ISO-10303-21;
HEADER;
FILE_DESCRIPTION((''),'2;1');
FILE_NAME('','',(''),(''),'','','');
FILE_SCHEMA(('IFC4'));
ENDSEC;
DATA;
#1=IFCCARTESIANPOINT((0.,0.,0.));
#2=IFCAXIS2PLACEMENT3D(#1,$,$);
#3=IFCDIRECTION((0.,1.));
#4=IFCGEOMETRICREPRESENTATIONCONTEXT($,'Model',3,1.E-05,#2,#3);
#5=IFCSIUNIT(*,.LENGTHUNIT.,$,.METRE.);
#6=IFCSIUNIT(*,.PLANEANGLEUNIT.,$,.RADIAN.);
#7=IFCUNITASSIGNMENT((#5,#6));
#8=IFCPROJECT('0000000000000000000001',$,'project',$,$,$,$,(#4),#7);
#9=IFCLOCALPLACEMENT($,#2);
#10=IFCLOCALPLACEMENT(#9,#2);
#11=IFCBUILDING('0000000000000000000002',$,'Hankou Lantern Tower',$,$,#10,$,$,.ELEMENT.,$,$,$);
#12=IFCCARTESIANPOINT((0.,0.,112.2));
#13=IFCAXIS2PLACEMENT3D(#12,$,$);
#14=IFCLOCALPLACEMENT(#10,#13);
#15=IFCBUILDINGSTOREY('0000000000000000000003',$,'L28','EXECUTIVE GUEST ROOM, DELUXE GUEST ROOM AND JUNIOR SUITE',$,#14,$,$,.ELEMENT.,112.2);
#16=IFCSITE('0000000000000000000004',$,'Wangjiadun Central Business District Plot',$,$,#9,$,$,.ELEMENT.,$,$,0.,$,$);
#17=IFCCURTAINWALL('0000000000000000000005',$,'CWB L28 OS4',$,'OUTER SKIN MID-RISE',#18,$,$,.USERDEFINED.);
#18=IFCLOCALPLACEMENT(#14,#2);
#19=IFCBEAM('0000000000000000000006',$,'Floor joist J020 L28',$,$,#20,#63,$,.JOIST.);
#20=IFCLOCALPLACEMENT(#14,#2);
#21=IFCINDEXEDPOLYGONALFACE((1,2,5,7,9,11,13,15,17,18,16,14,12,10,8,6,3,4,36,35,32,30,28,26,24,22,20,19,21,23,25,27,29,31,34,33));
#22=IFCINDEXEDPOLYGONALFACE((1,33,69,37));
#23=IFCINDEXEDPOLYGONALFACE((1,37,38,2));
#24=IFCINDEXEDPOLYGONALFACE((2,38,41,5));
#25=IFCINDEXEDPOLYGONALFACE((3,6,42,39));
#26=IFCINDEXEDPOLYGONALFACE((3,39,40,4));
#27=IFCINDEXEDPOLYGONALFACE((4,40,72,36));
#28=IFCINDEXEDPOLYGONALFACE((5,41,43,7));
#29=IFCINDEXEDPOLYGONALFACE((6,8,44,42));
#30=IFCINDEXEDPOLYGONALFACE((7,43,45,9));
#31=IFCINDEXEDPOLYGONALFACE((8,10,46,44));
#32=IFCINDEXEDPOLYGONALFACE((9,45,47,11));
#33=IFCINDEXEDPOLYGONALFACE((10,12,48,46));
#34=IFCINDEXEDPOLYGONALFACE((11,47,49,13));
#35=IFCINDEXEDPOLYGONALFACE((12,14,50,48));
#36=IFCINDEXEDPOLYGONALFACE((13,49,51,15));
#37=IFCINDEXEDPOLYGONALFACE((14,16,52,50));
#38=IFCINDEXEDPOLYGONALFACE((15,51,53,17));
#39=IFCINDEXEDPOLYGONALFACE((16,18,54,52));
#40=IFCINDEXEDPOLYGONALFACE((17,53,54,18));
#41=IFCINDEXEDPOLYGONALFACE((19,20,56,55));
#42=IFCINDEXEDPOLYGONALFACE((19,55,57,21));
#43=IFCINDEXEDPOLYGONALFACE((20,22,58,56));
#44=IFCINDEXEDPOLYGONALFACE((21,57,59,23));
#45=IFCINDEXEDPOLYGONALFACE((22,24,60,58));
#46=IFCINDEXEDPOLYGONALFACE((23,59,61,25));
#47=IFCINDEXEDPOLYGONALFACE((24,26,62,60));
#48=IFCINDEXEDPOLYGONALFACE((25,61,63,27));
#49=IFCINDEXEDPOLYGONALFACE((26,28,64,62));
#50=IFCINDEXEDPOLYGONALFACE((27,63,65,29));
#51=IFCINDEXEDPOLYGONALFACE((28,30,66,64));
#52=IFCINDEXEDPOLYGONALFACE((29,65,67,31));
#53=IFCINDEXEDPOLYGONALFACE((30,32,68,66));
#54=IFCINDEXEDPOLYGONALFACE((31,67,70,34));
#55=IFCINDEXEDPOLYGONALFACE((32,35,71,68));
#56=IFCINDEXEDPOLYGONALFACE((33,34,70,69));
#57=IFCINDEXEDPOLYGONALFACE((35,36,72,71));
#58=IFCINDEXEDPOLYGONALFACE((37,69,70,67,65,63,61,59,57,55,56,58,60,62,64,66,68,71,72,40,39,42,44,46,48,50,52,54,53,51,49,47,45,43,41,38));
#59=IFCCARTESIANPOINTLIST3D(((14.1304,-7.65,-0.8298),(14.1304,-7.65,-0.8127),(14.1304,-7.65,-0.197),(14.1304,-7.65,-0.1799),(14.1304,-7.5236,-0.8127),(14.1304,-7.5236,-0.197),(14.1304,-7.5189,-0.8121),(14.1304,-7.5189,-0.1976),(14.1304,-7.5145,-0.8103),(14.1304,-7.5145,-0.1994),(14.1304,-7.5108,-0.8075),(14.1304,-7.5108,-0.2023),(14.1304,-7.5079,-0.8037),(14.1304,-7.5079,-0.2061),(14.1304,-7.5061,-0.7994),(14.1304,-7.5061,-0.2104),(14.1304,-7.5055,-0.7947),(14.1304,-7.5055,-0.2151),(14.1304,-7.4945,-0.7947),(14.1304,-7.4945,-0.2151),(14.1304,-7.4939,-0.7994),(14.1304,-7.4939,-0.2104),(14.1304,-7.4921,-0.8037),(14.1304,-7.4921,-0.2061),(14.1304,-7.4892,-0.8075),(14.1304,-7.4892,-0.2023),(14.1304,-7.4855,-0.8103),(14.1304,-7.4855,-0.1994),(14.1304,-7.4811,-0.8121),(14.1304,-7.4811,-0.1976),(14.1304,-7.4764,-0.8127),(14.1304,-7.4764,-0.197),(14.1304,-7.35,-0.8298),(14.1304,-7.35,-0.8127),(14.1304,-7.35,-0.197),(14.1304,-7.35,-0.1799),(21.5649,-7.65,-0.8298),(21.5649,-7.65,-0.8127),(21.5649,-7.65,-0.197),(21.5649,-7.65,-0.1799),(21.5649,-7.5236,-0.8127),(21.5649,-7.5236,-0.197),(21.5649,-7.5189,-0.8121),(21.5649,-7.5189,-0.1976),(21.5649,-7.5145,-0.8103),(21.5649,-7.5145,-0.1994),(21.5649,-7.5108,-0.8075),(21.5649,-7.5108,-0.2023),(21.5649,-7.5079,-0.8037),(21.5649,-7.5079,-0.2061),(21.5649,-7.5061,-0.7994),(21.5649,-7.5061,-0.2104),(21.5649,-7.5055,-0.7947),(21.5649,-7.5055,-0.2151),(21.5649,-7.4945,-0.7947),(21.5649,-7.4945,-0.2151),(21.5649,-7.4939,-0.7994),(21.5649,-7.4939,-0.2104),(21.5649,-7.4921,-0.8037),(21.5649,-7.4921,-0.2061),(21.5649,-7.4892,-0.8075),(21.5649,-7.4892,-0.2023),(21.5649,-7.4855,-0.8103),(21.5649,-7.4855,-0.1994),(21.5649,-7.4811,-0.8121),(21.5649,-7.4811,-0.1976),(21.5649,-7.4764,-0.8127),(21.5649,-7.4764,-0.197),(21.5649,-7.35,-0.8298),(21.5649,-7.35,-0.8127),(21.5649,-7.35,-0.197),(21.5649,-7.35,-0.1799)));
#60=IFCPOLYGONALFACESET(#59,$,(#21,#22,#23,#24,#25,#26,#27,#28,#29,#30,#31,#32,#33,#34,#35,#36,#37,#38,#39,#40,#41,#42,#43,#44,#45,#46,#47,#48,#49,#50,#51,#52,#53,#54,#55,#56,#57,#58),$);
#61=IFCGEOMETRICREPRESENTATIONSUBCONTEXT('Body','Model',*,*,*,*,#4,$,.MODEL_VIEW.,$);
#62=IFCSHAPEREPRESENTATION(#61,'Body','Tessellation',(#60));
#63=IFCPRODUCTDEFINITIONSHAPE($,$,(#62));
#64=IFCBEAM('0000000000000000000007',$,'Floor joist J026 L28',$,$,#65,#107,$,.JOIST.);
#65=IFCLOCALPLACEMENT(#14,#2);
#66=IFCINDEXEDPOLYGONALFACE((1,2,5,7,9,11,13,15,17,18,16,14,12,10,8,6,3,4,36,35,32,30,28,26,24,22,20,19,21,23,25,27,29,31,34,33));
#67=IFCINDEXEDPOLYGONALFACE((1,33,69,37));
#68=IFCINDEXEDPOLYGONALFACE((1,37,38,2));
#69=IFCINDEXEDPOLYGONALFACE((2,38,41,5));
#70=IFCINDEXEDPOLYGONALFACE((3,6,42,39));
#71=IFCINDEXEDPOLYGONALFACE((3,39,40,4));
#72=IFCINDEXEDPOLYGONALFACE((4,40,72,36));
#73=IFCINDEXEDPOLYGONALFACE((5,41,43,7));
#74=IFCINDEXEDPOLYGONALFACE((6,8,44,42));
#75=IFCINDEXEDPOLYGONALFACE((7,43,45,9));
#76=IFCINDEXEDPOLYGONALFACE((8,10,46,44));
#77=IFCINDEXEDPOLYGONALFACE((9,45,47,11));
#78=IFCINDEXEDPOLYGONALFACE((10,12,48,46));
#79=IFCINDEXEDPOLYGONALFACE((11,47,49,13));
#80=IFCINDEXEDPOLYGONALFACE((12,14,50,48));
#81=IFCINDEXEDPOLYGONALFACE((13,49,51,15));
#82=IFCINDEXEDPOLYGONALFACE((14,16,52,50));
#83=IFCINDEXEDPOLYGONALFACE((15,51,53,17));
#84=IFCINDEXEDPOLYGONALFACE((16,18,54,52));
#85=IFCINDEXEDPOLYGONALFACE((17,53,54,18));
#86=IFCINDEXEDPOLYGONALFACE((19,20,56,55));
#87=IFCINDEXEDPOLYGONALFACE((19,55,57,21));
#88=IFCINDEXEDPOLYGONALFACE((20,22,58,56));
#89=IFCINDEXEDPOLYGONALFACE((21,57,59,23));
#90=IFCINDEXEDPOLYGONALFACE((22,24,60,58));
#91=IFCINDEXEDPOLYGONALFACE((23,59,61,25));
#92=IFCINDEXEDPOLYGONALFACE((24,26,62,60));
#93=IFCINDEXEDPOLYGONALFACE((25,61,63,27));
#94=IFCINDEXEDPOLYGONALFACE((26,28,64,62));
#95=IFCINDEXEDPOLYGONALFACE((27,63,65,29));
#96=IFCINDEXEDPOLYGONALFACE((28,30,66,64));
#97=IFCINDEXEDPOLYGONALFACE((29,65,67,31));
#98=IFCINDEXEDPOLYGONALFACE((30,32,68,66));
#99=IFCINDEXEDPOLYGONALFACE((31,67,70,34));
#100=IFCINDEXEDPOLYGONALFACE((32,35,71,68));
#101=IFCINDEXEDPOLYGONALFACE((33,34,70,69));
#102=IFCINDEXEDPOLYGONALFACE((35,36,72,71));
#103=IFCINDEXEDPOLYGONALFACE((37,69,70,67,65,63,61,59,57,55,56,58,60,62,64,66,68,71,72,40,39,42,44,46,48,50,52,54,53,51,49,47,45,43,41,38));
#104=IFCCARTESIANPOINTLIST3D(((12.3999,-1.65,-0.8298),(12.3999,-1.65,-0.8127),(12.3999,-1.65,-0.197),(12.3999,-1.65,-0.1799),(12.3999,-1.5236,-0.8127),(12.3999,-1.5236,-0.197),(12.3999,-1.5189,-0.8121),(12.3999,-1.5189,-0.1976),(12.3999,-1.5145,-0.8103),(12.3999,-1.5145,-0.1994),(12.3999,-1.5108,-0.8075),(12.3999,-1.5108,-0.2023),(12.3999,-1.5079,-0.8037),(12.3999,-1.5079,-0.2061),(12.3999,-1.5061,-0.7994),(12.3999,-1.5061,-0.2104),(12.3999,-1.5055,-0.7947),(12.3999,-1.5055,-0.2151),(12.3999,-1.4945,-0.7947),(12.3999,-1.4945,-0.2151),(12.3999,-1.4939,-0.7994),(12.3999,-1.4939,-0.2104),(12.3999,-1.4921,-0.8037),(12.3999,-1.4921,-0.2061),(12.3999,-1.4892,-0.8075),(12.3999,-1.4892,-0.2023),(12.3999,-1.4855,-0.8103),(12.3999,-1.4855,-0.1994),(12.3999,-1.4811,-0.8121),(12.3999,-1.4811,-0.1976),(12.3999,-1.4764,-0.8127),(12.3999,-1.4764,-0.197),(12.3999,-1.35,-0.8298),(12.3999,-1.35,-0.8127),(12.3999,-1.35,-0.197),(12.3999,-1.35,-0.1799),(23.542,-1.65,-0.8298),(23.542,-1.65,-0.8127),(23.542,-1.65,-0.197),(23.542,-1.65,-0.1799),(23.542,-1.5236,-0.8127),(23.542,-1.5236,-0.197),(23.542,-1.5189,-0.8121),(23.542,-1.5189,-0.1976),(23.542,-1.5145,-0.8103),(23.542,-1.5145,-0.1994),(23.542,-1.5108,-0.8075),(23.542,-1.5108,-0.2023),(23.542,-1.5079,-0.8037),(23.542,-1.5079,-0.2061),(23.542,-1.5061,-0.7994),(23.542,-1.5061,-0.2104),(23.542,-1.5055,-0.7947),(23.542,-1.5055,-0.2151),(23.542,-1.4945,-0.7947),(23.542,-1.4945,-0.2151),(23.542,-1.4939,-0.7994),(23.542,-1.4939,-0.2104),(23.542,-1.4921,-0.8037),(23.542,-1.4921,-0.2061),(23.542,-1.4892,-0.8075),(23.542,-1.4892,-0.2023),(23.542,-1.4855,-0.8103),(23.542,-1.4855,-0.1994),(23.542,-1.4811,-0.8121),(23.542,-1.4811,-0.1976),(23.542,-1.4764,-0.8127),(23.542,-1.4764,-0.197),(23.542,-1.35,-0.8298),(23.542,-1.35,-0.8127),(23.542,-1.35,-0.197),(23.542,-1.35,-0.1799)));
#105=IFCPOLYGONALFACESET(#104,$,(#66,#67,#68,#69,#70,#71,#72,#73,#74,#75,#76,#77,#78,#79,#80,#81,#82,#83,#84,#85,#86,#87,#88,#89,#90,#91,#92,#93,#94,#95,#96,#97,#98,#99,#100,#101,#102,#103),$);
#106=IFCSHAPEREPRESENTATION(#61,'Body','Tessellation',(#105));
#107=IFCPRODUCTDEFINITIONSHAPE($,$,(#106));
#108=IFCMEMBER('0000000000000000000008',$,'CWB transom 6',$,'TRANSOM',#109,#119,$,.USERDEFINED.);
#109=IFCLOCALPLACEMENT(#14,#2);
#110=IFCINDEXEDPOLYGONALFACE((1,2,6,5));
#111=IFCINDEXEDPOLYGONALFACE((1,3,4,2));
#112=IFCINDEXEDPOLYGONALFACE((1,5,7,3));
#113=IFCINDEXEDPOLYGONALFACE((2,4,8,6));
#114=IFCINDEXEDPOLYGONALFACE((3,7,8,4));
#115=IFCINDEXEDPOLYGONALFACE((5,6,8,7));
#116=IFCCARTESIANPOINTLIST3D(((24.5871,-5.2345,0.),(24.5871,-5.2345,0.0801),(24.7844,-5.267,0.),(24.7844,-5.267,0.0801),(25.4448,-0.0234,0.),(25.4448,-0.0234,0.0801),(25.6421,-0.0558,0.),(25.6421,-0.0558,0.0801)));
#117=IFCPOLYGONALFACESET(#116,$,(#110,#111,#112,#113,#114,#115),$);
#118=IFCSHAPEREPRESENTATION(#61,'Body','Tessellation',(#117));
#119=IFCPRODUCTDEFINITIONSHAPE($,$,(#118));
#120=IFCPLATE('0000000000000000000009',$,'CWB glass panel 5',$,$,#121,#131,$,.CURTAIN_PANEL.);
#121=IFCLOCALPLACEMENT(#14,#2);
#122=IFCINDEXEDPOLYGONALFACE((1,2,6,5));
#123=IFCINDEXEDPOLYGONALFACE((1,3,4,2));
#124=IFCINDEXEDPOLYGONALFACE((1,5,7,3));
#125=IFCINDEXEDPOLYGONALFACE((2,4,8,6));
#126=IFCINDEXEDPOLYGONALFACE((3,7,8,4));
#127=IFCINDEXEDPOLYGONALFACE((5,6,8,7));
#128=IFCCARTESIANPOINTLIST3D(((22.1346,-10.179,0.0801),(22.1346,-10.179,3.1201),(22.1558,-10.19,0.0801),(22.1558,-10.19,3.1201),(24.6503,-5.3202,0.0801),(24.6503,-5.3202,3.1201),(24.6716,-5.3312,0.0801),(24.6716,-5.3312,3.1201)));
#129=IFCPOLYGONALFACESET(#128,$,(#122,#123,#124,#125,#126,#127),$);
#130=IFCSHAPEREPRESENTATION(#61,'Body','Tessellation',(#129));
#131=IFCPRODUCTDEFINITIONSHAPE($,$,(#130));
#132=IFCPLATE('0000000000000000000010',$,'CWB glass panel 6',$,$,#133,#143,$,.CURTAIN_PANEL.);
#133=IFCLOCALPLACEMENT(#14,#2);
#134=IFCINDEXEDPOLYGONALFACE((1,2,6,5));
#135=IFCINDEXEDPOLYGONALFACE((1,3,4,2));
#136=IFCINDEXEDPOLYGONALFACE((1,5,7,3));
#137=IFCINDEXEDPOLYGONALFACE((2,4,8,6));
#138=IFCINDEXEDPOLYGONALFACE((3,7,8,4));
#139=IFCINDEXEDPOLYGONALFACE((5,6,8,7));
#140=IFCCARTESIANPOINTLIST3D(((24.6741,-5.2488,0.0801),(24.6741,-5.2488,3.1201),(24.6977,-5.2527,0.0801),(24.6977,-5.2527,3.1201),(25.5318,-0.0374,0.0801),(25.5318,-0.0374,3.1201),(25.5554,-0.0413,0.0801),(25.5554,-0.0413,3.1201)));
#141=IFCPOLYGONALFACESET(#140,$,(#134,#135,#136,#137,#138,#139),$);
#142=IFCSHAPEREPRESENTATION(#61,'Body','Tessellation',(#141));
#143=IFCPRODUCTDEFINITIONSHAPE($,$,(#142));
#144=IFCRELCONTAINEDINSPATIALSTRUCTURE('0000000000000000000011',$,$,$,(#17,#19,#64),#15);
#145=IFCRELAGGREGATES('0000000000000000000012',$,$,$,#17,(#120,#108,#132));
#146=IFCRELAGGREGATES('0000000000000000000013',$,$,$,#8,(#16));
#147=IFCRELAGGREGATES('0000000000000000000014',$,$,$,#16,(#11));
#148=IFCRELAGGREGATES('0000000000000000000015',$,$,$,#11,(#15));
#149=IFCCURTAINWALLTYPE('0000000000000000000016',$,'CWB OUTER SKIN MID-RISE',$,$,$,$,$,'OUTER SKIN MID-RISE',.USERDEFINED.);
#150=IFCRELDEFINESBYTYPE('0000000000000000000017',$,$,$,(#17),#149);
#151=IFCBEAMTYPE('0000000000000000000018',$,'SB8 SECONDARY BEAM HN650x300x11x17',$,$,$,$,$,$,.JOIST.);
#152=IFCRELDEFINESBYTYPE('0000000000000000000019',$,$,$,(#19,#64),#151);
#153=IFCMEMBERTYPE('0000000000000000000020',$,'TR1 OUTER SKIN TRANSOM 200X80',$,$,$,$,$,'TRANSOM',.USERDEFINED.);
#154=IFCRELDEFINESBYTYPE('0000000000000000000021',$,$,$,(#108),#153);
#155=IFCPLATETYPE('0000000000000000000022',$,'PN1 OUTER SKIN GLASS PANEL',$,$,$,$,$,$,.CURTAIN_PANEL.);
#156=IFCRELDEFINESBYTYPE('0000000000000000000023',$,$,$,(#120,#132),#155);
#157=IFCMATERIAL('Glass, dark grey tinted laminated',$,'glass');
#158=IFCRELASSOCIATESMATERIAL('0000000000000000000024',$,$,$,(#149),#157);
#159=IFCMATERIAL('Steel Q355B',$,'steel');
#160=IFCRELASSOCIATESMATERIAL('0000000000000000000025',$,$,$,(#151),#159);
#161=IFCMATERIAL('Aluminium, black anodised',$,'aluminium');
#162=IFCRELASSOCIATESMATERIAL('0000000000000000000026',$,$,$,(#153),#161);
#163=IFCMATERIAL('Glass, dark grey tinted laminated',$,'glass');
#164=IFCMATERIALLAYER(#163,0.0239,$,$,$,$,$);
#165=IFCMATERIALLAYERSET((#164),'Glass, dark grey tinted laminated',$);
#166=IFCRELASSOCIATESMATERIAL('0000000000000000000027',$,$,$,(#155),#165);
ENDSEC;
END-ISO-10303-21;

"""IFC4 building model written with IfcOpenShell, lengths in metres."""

from ifc_helpers import new_model, si_unit, direction, frame, origin, origin_2d, place, context, subcontext, project, spatial, rectangle, i_section, extrude, material, layer, layer_set, material_profile, profile_set, type_object, element, aggregate, save


model = new_model("IFC4")

# Units and contexts
model_context = context("Model", 3, precision=1e-05, world=origin(), true_north=direction((0.0, 1.0)))
body_context = subcontext(model_context, "Body", "Model", "MODEL_VIEW")
ifc_project = project(units=[si_unit("LENGTHUNIT", "METRE"), si_unit("PLANEANGLEUNIT", "RADIAN")], contexts=[model_context])

# Site, building, storey
site_placement = place(None, origin())
site = spatial("IfcSite", under=ifc_project, at=site_placement, Name="Wangjiadun Central Business District Plot", CompositionType="ELEMENT", RefElevation=0.0)
building_placement = place(site_placement, origin())
building = spatial("IfcBuilding", under=site, at=building_placement, Name="Hankou Lantern Tower", CompositionType="ELEMENT")
storey_placement = place(building_placement, frame((0.0, 0.0, 112.2)))
storey = spatial("IfcBuildingStorey", under=building, at=storey_placement, Name="L28", Description="EXECUTIVE GUEST ROOM, DELUXE GUEST ROOM AND JUNIOR SUITE", CompositionType="ELEMENT", Elevation=112.2)

# Curtain wall
ifc_material_1 = material(Name="Glass, dark grey tinted laminated", Category="glass")
curtain_wall_type = type_object("IfcCurtainWallType", Name="CWB OUTER SKIN MID-RISE", ElementType="OUTER SKIN MID-RISE", PredefinedType="USERDEFINED", material=ifc_material_1)
curtain_wall_placement = place(storey_placement, origin())
curtain_wall = element("IfcCurtainWall", 1, at=curtain_wall_placement, inside=storey, type_object=curtain_wall_type, Name="CWB L28 OS4", ObjectType="OUTER SKIN MID-RISE", PredefinedType="USERDEFINED")

# Beams
ifc_material_2 = material(Name="Steel Q355B", Category="steel")
ifc_material_profile_1 = material_profile(ifc_material_2, i_section(OverallWidth=0.3, OverallDepth=0.6499, WebThickness=0.011, FlangeThickness=0.0171, FilletRadius=0.0181, at=origin_2d()), Name="HN650x300x11x17")
ifc_profile_set_1 = profile_set([ifc_material_profile_1], Name="Steel Q355B")
beam_type_1 = type_object("IfcBeamType", Name="SB8 SECONDARY BEAM HN650x300x11x17", PredefinedType="JOIST", material=ifc_profile_set_1)
beam_1_placement = place(storey_placement, frame((14.1304, -7.5, -0.5049), z_axis=(1.0, 0.0, 0.0), x_axis=(0.0, 1.0, 0.0)))
element("IfcBeam", 2, at=beam_1_placement, inside=storey, type_object=beam_type_1, Name="Floor joist J020 L28", PredefinedType="JOIST", context=body_context, shape_type="SweptSolid", body=[
    extrude(i_section(OverallWidth=0.3, OverallDepth=0.6499, WebThickness=0.011, FlangeThickness=0.0171, FilletRadius=0.0181, at=origin_2d()), origin(), (0.0, 0.0, 1.0), 7.4346),
])
beam_2_placement = place(storey_placement, frame((12.3999, -1.5, -0.5049), z_axis=(1.0, 0.0, 0.0), x_axis=(0.0, 1.0, 0.0)))
element("IfcBeam", 3, at=beam_2_placement, inside=storey, type_object=beam_type_1, Name="Floor joist J026 L28", PredefinedType="JOIST", context=body_context, shape_type="SweptSolid", body=[
    extrude(i_section(OverallWidth=0.3, OverallDepth=0.6499, WebThickness=0.011, FlangeThickness=0.0171, FilletRadius=0.0181, at=origin_2d()), origin(), (0.0, 0.0, 1.0), 11.1421),
])

# Member
ifc_material_3 = material(Name="Aluminium, black anodised", Category="aluminium")
ifc_material_profile_2 = material_profile(ifc_material_3, rectangle(XDim=0.2, YDim=0.0801, at=origin_2d()), Name="TR1 200X80")
ifc_profile_set_2 = profile_set([ifc_material_profile_2], Name="Aluminium, black anodised")
member_type_1 = type_object("IfcMemberType", Name="TR1 OUTER SKIN TRANSOM 200X80", ElementType="TRANSOM", PredefinedType="USERDEFINED", material=ifc_profile_set_2)
member_1_placement = place(storey_placement, frame((24.6858, -5.2507, 0.04), z_axis=(0.162397, 0.986725, 0.0), x_axis=(-0.986725, 0.162397, 0.0)))
member_1 = element("IfcMember", 4, at=member_1_placement, type_object=member_type_1, Name="CWB transom 6", ObjectType="TRANSOM", PredefinedType="USERDEFINED", context=body_context, shape_type="SweptSolid", body=[
    extrude(rectangle(XDim=0.2, YDim=0.0801, at=origin_2d()), origin(), (0.0, 0.0, 1.0), 5.2812),
])

# Plates
ifc_material_4 = material(Name="Glass, dark grey tinted laminated", Category="glass")
ifc_layer_1 = layer(ifc_material_4, 0.0239)
ifc_layer_set_1 = layer_set([ifc_layer_1], Name="Glass, dark grey tinted laminated")
plate_type = type_object("IfcPlateType", Name="PN1 OUTER SKIN GLASS PANEL", PredefinedType="CURTAIN_PANEL", material=ifc_layer_set_1)
plate_1_placement = place(storey_placement, frame((23.4031, -7.7551, 0.0801), z_axis=(0.0, 0.0, 1.0), x_axis=(0.459791, 0.888027, 0.0)))
plate_1 = element("IfcPlate", 5, at=plate_1_placement, type_object=plate_type, Name="CWB glass panel 5", PredefinedType="CURTAIN_PANEL", context=body_context, shape_type="SweptSolid", body=[
    extrude(rectangle(XDim=5.4714, YDim=0.0239, at=origin_2d()), origin(), (0.0, 0.0, 1.0), 3.04),
])
plate_2_placement = place(storey_placement, frame((25.1147, -2.645, 0.0801), z_axis=(0.0, 0.0, 1.0), x_axis=(0.162382, 0.986728, 0.0)))
plate_2 = element("IfcPlate", 6, at=plate_2_placement, type_object=plate_type, Name="CWB glass panel 6", PredefinedType="CURTAIN_PANEL", context=body_context, shape_type="SweptSolid", body=[
    extrude(rectangle(XDim=5.2815, YDim=0.0239, at=origin_2d()), origin(), (0.0, 0.0, 1.0), 3.04),
])
aggregate(curtain_wall, [plate_1, member_1, plate_2])

save(model, "model.ifc")
